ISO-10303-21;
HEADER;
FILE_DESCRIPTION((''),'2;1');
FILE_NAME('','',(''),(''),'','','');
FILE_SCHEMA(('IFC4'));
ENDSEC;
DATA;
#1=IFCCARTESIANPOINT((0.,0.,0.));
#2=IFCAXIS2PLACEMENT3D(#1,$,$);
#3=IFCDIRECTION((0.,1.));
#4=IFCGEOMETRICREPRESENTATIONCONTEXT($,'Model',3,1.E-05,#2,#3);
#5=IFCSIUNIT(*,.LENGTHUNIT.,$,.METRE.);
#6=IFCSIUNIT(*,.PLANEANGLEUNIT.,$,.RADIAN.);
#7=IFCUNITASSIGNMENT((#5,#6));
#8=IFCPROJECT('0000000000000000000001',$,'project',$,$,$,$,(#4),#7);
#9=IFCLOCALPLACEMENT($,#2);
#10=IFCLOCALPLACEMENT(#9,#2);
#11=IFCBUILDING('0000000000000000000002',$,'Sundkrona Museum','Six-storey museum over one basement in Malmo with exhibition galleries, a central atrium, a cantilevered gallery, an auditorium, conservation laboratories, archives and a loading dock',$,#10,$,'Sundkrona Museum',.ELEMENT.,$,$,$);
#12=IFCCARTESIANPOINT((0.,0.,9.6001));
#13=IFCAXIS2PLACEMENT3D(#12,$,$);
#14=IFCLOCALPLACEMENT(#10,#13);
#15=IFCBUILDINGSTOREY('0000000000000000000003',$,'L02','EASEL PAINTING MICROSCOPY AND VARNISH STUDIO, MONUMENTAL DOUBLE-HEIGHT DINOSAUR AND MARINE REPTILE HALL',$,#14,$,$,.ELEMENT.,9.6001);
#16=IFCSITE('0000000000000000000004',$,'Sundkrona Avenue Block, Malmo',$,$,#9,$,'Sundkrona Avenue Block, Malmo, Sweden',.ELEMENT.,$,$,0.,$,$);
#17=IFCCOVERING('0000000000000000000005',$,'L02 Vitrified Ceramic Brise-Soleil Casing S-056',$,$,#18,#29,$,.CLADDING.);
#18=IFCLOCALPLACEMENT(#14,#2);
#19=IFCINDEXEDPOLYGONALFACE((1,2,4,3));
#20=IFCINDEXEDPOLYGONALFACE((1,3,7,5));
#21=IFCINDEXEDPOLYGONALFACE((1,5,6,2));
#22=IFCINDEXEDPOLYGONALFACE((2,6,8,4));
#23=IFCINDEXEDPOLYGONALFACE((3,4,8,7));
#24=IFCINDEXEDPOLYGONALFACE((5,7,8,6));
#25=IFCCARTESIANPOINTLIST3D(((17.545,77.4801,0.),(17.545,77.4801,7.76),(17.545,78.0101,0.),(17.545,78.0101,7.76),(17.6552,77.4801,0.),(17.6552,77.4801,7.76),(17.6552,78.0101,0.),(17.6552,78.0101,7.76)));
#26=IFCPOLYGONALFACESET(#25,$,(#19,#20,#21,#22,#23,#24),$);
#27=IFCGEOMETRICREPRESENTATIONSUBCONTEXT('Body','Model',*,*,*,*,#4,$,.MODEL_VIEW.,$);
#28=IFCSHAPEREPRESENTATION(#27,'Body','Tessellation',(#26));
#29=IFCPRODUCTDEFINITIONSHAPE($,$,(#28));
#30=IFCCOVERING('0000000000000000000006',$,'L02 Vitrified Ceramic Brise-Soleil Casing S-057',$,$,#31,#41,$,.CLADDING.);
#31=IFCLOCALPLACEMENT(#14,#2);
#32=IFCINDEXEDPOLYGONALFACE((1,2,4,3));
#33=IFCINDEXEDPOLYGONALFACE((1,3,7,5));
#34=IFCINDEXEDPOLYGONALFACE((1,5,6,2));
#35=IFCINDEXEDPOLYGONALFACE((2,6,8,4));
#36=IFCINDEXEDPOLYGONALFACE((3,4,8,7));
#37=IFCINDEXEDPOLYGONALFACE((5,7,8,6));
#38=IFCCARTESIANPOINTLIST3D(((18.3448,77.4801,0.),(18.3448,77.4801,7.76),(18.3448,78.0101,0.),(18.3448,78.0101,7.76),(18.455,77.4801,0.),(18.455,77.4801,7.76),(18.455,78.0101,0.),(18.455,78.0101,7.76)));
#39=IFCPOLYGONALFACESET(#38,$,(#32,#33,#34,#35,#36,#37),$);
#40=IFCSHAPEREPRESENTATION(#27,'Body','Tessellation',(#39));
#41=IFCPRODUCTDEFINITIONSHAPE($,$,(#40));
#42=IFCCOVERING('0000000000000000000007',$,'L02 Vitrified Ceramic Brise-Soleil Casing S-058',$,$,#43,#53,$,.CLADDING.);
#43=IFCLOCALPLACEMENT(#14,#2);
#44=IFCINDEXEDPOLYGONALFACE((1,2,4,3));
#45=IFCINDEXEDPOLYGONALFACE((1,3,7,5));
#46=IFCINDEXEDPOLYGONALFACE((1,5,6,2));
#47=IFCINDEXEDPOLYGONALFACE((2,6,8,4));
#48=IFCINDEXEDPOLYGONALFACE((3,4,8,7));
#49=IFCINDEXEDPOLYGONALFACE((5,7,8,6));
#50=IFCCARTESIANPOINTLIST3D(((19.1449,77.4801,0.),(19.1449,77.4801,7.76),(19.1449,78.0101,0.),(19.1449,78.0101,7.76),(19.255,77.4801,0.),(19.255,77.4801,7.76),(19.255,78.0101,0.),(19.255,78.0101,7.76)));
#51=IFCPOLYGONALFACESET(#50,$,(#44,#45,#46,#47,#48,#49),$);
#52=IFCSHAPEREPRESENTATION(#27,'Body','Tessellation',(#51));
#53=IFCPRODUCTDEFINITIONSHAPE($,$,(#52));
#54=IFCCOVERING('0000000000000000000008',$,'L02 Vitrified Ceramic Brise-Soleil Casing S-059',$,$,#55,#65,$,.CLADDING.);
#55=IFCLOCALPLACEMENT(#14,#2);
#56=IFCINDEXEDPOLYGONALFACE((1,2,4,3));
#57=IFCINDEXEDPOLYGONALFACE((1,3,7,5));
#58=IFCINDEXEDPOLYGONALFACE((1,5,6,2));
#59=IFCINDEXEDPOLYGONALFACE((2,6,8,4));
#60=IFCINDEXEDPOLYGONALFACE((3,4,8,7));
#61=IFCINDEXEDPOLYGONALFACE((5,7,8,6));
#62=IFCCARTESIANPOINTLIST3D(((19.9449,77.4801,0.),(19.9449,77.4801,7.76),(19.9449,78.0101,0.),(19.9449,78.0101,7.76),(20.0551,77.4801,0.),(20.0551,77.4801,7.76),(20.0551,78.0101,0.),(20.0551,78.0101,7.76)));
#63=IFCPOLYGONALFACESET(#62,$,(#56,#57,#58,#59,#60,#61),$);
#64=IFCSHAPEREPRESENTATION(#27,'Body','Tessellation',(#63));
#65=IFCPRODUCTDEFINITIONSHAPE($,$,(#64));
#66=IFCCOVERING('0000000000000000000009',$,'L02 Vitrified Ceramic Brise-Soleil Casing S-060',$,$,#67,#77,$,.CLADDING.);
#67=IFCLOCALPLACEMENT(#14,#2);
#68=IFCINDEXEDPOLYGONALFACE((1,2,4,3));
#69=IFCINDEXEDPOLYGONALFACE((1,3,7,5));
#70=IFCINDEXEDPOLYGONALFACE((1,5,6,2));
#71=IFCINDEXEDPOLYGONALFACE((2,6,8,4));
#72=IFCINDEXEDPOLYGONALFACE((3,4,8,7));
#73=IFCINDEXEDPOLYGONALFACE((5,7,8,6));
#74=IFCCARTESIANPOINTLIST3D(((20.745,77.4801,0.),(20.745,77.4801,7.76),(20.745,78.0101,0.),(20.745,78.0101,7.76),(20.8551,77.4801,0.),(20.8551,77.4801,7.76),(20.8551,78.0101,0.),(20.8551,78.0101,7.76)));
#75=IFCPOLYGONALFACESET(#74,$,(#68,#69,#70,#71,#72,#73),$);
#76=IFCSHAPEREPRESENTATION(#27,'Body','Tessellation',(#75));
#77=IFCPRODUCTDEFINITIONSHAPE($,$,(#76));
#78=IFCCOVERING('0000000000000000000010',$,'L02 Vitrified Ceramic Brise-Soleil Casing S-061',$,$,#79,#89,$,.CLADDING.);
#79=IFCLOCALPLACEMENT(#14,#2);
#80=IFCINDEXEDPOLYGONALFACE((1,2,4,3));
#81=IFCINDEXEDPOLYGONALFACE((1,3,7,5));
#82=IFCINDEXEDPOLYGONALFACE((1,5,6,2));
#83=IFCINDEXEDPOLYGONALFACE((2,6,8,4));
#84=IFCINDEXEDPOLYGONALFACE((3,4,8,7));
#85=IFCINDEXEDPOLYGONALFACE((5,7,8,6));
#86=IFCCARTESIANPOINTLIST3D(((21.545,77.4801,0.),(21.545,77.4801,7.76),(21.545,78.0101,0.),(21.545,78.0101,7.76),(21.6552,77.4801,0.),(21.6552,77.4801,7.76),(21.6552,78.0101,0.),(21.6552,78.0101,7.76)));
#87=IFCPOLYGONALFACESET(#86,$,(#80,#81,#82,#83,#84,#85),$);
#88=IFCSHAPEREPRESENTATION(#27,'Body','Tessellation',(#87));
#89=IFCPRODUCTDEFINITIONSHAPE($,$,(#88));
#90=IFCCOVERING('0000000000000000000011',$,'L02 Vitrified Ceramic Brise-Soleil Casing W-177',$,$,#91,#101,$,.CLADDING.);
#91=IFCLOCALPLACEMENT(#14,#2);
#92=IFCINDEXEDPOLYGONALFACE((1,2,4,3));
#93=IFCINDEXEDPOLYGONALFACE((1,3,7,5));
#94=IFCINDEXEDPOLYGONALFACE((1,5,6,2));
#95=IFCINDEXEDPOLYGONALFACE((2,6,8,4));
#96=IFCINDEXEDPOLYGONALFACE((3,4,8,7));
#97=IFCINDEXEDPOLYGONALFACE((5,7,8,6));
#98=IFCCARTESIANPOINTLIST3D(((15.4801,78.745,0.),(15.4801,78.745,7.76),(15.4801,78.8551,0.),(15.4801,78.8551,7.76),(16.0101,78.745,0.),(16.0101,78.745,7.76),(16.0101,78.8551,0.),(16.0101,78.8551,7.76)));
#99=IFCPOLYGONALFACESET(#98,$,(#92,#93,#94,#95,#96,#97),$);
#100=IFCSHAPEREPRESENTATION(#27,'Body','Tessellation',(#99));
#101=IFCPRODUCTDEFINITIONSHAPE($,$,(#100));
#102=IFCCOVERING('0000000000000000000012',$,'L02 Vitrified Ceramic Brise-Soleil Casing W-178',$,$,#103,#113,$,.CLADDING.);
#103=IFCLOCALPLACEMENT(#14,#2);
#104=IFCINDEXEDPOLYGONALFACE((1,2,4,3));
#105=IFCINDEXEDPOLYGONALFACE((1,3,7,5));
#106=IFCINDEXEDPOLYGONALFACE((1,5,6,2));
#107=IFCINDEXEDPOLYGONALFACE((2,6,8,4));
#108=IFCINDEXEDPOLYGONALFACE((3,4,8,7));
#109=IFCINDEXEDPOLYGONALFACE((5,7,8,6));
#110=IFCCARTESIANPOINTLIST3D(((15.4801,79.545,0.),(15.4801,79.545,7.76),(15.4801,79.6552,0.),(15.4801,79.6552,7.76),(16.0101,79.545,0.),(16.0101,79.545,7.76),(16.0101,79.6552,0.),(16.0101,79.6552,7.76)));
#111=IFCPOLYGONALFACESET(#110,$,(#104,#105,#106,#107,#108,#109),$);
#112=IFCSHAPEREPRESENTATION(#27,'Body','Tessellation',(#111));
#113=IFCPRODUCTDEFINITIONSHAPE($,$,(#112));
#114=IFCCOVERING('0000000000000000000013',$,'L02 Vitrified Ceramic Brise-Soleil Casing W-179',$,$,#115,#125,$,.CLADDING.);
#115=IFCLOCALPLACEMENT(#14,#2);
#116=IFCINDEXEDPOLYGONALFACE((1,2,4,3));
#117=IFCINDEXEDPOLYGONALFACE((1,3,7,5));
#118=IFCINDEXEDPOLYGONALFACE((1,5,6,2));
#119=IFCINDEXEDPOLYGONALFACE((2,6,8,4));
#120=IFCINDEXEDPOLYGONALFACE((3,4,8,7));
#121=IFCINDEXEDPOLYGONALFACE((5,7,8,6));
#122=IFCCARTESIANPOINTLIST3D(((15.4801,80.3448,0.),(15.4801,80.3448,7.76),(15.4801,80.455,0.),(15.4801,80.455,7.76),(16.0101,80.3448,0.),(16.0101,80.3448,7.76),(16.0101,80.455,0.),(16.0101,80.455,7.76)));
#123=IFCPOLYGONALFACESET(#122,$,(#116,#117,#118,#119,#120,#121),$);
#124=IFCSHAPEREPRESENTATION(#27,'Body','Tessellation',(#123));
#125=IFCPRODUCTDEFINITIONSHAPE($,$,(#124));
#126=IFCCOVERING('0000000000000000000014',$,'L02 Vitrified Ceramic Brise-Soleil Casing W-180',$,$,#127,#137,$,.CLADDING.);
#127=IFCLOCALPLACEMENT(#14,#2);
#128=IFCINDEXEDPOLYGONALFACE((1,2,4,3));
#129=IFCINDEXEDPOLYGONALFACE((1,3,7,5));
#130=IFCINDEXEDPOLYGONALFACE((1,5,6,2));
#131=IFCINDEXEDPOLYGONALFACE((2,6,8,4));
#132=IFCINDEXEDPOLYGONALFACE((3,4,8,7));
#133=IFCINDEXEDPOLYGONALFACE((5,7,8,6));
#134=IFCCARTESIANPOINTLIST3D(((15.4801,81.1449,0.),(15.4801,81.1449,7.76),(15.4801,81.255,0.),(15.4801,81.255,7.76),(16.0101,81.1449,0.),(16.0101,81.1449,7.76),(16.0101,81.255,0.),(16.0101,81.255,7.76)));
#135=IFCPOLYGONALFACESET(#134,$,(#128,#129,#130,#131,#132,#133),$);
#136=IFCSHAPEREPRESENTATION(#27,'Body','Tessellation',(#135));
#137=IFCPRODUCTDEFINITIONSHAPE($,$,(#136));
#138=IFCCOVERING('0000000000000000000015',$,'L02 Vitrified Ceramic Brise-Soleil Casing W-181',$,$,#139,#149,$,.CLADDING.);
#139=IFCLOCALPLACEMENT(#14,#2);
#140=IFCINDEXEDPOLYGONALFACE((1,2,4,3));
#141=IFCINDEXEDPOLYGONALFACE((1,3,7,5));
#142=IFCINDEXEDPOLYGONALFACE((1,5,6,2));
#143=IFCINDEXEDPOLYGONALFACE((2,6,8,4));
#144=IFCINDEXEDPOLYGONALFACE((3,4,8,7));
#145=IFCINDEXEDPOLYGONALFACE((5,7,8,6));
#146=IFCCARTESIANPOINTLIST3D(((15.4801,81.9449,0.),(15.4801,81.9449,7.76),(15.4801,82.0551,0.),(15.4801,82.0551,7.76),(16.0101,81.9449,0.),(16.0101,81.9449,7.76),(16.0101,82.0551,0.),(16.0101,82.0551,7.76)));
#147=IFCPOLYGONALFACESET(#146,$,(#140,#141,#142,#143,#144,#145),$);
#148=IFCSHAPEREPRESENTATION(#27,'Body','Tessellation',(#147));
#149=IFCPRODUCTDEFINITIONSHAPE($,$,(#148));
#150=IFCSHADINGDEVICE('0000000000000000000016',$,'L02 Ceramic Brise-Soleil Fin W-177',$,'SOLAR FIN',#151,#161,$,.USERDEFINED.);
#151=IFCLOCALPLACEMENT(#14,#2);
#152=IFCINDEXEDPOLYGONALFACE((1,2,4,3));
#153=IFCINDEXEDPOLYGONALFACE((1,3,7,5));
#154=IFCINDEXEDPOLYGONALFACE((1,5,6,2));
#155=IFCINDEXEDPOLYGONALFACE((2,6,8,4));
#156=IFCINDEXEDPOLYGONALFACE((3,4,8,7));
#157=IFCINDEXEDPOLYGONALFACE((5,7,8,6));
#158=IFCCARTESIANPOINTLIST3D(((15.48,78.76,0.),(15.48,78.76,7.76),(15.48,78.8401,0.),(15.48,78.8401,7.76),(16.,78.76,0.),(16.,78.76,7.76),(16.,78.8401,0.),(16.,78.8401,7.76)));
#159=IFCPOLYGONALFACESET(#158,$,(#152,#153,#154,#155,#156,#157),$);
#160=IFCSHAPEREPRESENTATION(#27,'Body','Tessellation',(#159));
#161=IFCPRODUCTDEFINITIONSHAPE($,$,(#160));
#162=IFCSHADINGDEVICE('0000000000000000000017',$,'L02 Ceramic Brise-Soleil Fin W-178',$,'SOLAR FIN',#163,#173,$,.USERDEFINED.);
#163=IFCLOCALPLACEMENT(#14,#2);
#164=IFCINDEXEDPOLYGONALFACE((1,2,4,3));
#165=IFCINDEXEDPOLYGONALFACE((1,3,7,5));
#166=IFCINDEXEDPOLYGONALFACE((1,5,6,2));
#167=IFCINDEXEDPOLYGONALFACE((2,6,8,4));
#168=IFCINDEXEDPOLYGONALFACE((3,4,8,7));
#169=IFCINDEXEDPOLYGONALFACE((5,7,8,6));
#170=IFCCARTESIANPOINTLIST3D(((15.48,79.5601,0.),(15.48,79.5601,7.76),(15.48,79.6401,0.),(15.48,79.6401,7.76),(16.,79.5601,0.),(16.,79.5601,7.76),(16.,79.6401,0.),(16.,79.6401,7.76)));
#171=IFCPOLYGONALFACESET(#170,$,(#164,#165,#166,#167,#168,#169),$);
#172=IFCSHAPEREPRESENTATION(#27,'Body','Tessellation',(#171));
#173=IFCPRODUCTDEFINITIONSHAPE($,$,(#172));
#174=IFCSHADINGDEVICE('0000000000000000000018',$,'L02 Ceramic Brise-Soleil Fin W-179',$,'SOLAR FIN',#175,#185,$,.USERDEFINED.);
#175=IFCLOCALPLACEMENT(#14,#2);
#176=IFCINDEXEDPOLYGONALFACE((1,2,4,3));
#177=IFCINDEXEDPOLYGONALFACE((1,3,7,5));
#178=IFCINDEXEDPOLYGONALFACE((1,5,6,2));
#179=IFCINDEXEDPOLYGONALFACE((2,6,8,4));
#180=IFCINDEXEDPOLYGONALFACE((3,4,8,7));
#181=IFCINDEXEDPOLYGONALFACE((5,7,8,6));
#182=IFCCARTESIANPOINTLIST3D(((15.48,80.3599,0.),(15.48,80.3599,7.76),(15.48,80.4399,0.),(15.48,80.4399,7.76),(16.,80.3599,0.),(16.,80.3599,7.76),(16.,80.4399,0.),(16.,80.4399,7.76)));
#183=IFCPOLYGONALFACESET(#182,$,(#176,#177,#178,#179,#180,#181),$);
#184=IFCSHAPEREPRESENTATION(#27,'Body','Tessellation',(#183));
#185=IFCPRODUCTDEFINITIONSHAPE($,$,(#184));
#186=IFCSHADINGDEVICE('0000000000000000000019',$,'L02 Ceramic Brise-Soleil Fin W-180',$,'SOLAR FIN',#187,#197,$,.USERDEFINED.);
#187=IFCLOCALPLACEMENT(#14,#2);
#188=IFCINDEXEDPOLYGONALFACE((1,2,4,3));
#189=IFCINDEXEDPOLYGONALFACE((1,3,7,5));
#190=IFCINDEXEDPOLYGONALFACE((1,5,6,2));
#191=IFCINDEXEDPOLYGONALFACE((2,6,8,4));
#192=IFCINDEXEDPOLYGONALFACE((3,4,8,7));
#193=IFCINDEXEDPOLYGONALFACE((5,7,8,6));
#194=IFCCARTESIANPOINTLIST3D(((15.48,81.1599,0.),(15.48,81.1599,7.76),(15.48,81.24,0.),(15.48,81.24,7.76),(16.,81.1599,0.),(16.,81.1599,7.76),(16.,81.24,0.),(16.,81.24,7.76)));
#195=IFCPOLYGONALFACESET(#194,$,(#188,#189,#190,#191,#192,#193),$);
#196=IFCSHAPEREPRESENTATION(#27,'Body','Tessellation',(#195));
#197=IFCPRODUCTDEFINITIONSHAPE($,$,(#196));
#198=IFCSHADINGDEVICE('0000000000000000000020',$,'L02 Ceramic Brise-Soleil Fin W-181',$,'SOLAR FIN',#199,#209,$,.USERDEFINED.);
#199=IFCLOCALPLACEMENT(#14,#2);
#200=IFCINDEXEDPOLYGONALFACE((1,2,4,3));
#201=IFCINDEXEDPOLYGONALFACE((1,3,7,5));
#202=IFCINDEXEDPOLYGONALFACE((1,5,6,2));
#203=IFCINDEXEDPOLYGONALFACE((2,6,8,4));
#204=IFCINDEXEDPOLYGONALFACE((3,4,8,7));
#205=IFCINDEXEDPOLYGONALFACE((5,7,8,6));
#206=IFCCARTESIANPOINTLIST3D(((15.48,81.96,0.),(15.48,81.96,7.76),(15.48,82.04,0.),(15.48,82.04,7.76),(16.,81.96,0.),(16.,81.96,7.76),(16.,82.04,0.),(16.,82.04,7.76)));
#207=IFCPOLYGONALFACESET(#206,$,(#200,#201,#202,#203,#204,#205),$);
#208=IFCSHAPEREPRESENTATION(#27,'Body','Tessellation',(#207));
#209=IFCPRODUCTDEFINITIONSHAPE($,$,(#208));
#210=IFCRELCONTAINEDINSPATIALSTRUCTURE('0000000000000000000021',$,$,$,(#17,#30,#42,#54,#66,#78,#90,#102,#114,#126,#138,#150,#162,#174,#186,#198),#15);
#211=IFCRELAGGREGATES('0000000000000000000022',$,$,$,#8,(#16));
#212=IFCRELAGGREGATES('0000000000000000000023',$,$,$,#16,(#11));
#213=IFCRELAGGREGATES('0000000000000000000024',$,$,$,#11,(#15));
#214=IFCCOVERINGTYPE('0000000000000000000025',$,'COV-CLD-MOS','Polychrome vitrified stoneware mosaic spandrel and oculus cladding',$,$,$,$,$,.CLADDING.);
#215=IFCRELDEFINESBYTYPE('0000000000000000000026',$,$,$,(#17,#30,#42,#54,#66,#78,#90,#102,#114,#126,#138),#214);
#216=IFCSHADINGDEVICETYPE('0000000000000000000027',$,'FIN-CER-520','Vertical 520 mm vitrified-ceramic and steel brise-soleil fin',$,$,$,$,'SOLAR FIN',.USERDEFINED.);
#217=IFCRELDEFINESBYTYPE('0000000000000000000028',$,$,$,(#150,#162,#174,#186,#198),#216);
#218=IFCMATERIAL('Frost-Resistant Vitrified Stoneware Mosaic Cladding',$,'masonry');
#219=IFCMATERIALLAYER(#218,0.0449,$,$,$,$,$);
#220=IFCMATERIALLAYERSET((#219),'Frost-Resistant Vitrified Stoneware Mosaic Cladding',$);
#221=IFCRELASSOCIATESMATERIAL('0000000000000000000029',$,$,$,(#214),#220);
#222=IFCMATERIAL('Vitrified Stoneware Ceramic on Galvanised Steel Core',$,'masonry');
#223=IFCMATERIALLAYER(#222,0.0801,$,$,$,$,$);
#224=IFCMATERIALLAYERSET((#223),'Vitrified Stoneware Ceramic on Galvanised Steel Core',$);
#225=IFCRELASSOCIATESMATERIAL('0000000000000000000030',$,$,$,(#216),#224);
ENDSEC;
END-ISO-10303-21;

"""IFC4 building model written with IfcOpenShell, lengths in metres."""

from ifc_helpers import new_model, si_unit, direction, frame, origin, origin_2d, place, context, subcontext, project, spatial, rectangle, extrude, material, layer, layer_set, type_object, element, save


model = new_model("IFC4")

# Units and contexts
model_context = context("Model", 3, precision=1e-05, world=origin(), true_north=direction((0.0, 1.0)))
body_context = subcontext(model_context, "Body", "Model", "MODEL_VIEW")
ifc_project = project(units=[si_unit("LENGTHUNIT", "METRE"), si_unit("PLANEANGLEUNIT", "RADIAN")], contexts=[model_context])

# Site, building, storey
site_placement = place(None, origin())
site = spatial("IfcSite", under=ifc_project, at=site_placement, Name="Sundkrona Avenue Block, Malmo", LongName="Sundkrona Avenue Block, Malmo, Sweden", CompositionType="ELEMENT", RefElevation=0.0)
building_placement = place(site_placement, origin())
building = spatial("IfcBuilding", under=site, at=building_placement, Name="Sundkrona Museum", Description="Six-storey museum over one basement in Malmo with exhibition galleries, a central atrium, a cantilevered gallery, an auditorium, conservation laboratories, archives and a loading dock", LongName="Sundkrona Museum", CompositionType="ELEMENT")
storey_placement = place(building_placement, frame((0.0, 0.0, 9.6001)))
storey = spatial("IfcBuildingStorey", under=building, at=storey_placement, Name="L02", Description="EASEL PAINTING MICROSCOPY AND VARNISH STUDIO, MONUMENTAL DOUBLE-HEIGHT DINOSAUR AND MARINE REPTILE HALL", CompositionType="ELEMENT", Elevation=9.6001)

# Coverings
ifc_material_1 = material(Name="Frost-Resistant Vitrified Stoneware Mosaic Cladding", Category="masonry")
ifc_layer_1 = layer(ifc_material_1, 0.0449)
ifc_layer_set_1 = layer_set([ifc_layer_1], Name="Frost-Resistant Vitrified Stoneware Mosaic Cladding")
covering_type = type_object("IfcCoveringType", Name="COV-CLD-MOS", Description="Polychrome vitrified stoneware mosaic spandrel and oculus cladding", PredefinedType="CLADDING", material=ifc_layer_set_1)
for number, where, z_axis, x_axis, name in (
    (1, (17.6001, 77.7451, 0.0), (0.0, 0.0, 1.0), (1.0, 0.0, 0.0), "L02 Vitrified Ceramic Brise-Soleil Casing S-056"),
    (2, (18.3999, 77.7451, 0.0), (0.0, 0.0, 1.0), (1.0, 0.0, 0.0), "L02 Vitrified Ceramic Brise-Soleil Casing S-057"),
    (3, (19.2, 77.7451, 0.0), (0.0, 0.0, 1.0), (1.0, 0.0, 0.0), "L02 Vitrified Ceramic Brise-Soleil Casing S-058"),
    (4, (20.0, 77.7451, 0.0), (0.0, 0.0, 1.0), (1.0, 0.0, 0.0), "L02 Vitrified Ceramic Brise-Soleil Casing S-059"),
    (5, (20.8, 77.7451, 0.0), (0.0, 0.0, 1.0), (1.0, 0.0, 0.0), "L02 Vitrified Ceramic Brise-Soleil Casing S-060"),
    (6, (21.6001, 77.7451, 0.0), (0.0, 0.0, 1.0), (1.0, 0.0, 0.0), "L02 Vitrified Ceramic Brise-Soleil Casing S-061"),
):
    element("IfcCovering", number, at=place(storey_placement, frame(where, z_axis=z_axis, x_axis=x_axis)), inside=storey, type_object=covering_type, Name=name, PredefinedType="CLADDING", context=body_context, shape_type="SweptSolid", body=[
        extrude(rectangle(XDim=0.1101, YDim=0.53, at=origin_2d()), origin(), (0.0, 0.0, 1.0), 7.76),
    ])
for number, where, z_axis, x_axis, name in (
    (7, (15.7451, 78.8, 0.0), (0.0, 0.0, 1.0), (1.0, 0.0, 0.0), "L02 Vitrified Ceramic Brise-Soleil Casing W-177"),
    (8, (15.7451, 79.6001, 0.0), (0.0, 0.0, 1.0), (1.0, 0.0, 0.0), "L02 Vitrified Ceramic Brise-Soleil Casing W-178"),
    (9, (15.7451, 80.3999, 0.0), (0.0, 0.0, 1.0), (1.0, 0.0, 0.0), "L02 Vitrified Ceramic Brise-Soleil Casing W-179"),
    (10, (15.7451, 81.2, 0.0), (0.0, 0.0, 1.0), (1.0, 0.0, 0.0), "L02 Vitrified Ceramic Brise-Soleil Casing W-180"),
    (11, (15.7451, 82.0, 0.0), (0.0, 0.0, 1.0), (1.0, 0.0, 0.0), "L02 Vitrified Ceramic Brise-Soleil Casing W-181"),
):
    element("IfcCovering", number, at=place(storey_placement, frame(where, z_axis=z_axis, x_axis=x_axis)), inside=storey, type_object=covering_type, Name=name, PredefinedType="CLADDING", context=body_context, shape_type="SweptSolid", body=[
        extrude(rectangle(XDim=0.53, YDim=0.1101, at=origin_2d()), origin(), (0.0, 0.0, 1.0), 7.76),
    ])

# Shading devices
ifc_material_2 = material(Name="Vitrified Stoneware Ceramic on Galvanised Steel Core", Category="masonry")
ifc_layer_2 = layer(ifc_material_2, 0.0801)
ifc_layer_set_2 = layer_set([ifc_layer_2], Name="Vitrified Stoneware Ceramic on Galvanised Steel Core")
shading_device_type = type_object("IfcShadingDeviceType", Name="FIN-CER-520", Description="Vertical 520 mm vitrified-ceramic and steel brise-soleil fin", ElementType="SOLAR FIN", PredefinedType="USERDEFINED", material=ifc_layer_set_2)
for number, where, z_axis, x_axis, name in (
    (12, (15.74, 78.8, 0.0), (0.0, 0.0, 1.0), (1.0, 0.0, 0.0), "L02 Ceramic Brise-Soleil Fin W-177"),
    (13, (15.74, 79.6001, 0.0), (0.0, 0.0, 1.0), (1.0, 0.0, 0.0), "L02 Ceramic Brise-Soleil Fin W-178"),
    (14, (15.74, 80.3999, 0.0), (0.0, 0.0, 1.0), (1.0, 0.0, 0.0), "L02 Ceramic Brise-Soleil Fin W-179"),
    (15, (15.74, 81.2, 0.0), (0.0, 0.0, 1.0), (1.0, 0.0, 0.0), "L02 Ceramic Brise-Soleil Fin W-180"),
    (16, (15.74, 82.0, 0.0), (0.0, 0.0, 1.0), (1.0, 0.0, 0.0), "L02 Ceramic Brise-Soleil Fin W-181"),
):
    element("IfcShadingDevice", number, at=place(storey_placement, frame(where, z_axis=z_axis, x_axis=x_axis)), inside=storey, type_object=shading_device_type, Name=name, ObjectType="SOLAR FIN", PredefinedType="USERDEFINED", context=body_context, shape_type="SweptSolid", body=[
        extrude(rectangle(XDim=0.52, YDim=0.0801, at=origin_2d()), origin(), (0.0, 0.0, 1.0), 7.76),
    ])

save(model, "model.ifc")
